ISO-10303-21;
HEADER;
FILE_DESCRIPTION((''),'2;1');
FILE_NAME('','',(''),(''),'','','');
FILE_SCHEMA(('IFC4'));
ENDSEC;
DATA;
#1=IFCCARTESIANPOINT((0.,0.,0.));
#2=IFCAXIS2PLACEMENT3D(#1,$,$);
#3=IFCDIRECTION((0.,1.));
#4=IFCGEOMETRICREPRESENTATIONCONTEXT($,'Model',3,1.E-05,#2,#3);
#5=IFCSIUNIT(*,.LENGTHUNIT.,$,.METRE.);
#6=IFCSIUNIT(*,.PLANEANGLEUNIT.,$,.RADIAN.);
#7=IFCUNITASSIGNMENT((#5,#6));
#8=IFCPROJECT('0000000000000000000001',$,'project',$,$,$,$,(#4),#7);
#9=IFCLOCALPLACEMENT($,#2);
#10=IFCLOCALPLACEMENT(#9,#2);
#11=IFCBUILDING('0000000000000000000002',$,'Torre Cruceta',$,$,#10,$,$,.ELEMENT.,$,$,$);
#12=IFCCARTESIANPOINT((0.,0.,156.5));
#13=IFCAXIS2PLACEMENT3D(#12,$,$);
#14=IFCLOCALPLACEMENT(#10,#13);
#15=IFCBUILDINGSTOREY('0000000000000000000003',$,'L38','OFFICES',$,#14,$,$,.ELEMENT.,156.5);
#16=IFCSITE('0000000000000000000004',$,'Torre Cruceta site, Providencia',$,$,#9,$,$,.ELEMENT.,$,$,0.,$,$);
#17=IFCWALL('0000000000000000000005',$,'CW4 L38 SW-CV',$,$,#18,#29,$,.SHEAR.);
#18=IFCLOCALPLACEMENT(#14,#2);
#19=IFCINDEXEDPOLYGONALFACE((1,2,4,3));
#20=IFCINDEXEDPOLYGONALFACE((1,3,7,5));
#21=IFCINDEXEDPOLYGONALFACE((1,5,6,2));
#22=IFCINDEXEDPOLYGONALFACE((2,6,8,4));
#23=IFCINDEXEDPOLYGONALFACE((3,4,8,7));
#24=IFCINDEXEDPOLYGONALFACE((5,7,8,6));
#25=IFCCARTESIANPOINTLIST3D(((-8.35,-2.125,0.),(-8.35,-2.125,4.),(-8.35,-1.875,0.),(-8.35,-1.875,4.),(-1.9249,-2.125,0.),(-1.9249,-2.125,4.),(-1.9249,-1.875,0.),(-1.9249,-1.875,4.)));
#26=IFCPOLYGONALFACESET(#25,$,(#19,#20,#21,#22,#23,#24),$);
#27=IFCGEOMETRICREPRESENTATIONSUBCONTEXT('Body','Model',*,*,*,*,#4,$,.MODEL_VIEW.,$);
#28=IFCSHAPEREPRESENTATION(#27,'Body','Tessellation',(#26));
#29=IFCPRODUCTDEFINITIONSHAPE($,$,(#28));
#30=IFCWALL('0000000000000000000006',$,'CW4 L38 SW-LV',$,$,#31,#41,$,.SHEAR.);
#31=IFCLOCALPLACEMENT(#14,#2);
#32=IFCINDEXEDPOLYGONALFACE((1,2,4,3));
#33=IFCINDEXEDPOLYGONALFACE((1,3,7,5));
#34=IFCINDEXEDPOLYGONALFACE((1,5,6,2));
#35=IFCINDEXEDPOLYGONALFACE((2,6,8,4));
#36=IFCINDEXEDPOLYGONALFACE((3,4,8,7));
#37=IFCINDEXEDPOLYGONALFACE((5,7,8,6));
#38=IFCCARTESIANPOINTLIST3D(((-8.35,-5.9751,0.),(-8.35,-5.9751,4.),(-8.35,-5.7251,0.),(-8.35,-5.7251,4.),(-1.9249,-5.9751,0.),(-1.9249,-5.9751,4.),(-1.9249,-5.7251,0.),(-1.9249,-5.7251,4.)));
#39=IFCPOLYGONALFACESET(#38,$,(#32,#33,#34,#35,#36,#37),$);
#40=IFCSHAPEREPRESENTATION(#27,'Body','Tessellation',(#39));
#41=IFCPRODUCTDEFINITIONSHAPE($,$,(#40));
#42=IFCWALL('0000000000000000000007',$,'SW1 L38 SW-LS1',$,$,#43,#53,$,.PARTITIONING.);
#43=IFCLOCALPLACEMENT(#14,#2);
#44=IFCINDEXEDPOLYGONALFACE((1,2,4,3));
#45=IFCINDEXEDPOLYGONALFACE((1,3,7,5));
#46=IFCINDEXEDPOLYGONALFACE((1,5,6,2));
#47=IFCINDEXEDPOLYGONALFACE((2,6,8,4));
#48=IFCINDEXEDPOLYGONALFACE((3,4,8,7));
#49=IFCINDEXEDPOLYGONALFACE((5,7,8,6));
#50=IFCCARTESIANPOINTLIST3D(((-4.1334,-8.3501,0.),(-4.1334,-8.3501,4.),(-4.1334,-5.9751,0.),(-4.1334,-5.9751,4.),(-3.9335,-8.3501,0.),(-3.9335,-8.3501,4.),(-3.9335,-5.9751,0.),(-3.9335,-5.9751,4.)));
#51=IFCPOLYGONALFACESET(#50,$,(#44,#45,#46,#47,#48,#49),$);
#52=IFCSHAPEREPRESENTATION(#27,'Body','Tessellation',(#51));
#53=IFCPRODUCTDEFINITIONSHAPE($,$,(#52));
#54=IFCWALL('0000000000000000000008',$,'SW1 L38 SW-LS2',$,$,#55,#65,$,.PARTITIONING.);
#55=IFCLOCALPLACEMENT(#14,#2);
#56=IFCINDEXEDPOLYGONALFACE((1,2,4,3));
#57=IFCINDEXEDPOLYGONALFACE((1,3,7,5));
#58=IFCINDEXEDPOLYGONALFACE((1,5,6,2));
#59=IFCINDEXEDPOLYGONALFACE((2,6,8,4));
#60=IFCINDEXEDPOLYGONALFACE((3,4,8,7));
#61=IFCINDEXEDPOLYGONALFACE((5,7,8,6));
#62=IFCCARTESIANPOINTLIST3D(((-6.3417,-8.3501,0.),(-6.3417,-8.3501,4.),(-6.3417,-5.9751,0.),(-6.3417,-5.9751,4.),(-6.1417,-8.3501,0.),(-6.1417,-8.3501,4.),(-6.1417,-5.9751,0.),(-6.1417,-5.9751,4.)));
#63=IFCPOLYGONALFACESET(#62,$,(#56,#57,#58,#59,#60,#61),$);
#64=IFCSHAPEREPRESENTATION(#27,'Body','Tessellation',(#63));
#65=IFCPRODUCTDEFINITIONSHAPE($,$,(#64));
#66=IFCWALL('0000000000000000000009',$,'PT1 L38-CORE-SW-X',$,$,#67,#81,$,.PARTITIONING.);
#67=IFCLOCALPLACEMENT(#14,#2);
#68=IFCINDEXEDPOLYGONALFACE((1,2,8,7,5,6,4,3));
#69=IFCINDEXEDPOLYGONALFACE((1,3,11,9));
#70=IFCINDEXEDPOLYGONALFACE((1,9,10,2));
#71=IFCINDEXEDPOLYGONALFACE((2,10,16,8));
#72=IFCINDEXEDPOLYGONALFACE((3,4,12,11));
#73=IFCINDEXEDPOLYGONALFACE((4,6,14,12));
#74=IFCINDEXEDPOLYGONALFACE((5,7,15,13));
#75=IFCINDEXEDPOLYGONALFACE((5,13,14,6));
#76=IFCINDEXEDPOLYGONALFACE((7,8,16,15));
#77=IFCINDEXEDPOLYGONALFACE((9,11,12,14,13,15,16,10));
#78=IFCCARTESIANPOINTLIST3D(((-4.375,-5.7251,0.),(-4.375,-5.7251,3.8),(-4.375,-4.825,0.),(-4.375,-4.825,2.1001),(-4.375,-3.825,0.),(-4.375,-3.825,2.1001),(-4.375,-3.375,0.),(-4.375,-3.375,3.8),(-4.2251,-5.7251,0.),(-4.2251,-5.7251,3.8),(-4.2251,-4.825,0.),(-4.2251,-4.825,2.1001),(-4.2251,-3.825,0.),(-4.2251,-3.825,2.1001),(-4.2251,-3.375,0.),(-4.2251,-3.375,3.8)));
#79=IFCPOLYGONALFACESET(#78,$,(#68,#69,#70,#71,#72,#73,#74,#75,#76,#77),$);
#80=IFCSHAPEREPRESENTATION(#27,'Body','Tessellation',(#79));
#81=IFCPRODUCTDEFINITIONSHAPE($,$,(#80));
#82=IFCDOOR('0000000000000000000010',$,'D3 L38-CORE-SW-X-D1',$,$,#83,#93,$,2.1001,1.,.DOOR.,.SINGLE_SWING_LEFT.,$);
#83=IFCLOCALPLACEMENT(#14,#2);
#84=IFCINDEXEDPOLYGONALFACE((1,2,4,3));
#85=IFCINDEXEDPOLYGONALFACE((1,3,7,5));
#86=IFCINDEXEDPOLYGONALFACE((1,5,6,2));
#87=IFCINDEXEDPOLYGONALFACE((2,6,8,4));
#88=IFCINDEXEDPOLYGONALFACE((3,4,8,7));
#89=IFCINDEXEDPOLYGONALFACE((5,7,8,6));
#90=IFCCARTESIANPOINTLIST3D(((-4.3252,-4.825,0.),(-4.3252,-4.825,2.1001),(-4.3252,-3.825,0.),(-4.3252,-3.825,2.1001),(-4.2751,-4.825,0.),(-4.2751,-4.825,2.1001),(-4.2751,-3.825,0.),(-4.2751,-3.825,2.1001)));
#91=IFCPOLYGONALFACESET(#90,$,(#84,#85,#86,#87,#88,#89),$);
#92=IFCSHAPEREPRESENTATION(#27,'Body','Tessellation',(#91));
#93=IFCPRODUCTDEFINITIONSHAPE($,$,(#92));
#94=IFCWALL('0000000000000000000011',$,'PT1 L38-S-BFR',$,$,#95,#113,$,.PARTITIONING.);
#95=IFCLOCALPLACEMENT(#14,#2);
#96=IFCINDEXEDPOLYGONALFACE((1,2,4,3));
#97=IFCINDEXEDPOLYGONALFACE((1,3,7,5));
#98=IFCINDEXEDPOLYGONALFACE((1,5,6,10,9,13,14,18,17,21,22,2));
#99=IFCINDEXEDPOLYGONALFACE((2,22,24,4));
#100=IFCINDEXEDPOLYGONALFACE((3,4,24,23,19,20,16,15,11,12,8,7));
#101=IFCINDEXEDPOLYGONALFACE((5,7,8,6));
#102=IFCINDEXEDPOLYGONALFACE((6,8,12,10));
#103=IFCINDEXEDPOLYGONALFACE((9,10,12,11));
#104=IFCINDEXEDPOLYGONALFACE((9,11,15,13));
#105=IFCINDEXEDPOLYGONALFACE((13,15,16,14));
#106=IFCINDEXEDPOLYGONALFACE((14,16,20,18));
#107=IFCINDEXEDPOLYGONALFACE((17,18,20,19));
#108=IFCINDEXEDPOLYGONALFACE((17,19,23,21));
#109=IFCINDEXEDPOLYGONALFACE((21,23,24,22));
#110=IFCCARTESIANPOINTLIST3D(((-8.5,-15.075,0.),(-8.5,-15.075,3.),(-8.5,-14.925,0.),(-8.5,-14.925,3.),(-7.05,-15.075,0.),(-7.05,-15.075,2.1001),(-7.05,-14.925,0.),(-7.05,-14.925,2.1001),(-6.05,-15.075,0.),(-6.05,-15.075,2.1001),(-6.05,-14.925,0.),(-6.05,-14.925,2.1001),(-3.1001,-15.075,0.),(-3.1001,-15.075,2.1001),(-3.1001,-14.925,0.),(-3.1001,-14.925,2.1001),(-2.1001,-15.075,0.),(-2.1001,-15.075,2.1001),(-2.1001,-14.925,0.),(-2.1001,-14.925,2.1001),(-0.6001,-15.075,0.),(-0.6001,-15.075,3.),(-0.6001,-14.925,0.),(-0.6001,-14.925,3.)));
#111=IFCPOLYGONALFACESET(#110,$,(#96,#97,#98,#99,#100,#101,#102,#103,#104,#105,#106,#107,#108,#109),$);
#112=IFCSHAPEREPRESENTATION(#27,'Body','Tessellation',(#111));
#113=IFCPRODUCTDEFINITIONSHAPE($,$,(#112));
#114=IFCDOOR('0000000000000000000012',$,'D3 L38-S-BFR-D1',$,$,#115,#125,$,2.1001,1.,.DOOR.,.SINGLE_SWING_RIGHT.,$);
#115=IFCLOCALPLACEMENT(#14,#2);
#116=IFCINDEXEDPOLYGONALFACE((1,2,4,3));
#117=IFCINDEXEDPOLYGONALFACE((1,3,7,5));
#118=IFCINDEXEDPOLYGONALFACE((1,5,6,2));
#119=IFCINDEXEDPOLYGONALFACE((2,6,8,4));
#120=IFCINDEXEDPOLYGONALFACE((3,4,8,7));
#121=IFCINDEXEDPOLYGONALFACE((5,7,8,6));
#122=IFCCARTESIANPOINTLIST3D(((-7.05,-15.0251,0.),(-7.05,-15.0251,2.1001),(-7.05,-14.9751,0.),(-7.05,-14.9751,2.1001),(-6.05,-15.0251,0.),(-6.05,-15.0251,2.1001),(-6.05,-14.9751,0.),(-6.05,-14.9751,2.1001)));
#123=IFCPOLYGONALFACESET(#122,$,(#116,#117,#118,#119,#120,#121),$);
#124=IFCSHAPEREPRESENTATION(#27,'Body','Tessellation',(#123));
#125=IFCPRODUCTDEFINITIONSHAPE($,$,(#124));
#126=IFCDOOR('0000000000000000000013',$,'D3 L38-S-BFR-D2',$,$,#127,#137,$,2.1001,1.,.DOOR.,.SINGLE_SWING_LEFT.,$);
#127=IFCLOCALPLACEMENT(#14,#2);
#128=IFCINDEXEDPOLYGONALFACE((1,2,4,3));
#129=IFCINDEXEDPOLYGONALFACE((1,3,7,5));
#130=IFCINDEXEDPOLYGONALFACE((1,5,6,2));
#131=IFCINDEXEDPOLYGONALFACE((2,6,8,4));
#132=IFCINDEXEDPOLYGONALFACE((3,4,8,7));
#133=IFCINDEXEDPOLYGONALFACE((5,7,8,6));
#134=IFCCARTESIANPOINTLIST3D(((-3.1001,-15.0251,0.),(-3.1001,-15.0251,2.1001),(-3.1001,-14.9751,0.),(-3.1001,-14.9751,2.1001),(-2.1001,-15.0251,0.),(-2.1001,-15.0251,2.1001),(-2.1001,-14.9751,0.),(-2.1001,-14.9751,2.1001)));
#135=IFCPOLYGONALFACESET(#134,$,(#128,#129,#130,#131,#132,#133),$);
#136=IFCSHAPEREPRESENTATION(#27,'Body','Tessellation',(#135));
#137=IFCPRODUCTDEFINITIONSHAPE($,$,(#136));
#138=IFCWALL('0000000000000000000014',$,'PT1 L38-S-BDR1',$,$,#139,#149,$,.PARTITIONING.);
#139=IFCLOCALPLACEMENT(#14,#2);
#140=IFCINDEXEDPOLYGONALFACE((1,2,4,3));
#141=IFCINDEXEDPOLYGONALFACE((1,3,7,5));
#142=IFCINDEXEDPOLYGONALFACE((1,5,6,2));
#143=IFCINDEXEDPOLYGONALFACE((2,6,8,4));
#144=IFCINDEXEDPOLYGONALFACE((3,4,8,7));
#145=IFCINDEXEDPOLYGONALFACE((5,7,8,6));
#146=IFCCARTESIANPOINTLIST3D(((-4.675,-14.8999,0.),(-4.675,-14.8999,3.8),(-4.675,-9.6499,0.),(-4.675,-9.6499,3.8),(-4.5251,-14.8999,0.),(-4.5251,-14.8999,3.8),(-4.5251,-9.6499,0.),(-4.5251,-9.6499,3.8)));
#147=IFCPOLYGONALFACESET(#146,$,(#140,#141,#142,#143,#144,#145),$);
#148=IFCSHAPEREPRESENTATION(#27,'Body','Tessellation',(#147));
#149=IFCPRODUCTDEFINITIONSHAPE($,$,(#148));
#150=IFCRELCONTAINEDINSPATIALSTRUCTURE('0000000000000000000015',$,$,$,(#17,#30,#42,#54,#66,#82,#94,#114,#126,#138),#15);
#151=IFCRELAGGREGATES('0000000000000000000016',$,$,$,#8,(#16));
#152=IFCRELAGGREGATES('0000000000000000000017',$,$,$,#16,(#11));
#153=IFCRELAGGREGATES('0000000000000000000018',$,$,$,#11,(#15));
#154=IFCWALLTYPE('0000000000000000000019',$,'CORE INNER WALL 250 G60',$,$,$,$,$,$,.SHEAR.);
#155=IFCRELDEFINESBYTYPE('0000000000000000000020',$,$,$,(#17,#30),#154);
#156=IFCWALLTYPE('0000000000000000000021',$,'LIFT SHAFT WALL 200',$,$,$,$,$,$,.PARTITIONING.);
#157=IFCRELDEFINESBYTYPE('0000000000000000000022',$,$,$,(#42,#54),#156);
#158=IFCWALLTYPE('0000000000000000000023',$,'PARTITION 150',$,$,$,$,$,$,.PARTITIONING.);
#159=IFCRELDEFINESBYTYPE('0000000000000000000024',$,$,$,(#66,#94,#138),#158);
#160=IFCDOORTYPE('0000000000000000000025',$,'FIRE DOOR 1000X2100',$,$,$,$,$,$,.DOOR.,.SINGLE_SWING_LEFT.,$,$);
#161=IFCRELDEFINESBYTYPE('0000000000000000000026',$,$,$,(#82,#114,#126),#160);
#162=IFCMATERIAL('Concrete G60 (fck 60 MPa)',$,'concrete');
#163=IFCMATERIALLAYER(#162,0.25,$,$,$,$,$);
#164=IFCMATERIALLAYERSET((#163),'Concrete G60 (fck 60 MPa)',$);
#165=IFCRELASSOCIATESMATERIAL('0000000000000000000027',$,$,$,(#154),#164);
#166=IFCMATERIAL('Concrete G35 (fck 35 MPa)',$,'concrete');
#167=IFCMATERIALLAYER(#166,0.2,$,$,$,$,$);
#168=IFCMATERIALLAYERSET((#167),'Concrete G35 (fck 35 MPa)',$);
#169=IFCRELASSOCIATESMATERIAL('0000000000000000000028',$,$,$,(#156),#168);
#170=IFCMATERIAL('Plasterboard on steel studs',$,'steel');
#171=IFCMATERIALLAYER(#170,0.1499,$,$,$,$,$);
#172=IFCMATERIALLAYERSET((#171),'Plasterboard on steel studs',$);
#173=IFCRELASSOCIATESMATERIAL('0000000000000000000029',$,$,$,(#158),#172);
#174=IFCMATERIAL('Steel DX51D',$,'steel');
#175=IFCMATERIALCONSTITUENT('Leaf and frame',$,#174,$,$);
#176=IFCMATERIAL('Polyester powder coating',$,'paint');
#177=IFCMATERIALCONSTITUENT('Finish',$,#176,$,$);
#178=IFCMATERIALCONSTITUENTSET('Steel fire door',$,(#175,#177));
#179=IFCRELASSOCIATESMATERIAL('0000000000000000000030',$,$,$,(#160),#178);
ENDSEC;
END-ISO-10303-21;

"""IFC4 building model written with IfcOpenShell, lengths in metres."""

from ifc_helpers import new_model, si_unit, direction, frame, frame_2d, origin, place, context, subcontext, project, spatial, rectangle, extrude, material, layer, layer_set, constituent, constituent_set, type_object, element, fill, save


model = new_model("IFC4")

# Units and contexts
model_context = context("Model", 3, precision=1e-05, world=origin(), true_north=direction((0.0, 1.0)))
body_context = subcontext(model_context, "Body", "Model", "MODEL_VIEW")
ifc_project = project(units=[si_unit("LENGTHUNIT", "METRE"), si_unit("PLANEANGLEUNIT", "RADIAN")], contexts=[model_context])

# Site, building, storey
site_placement = place(None, origin())
site = spatial("IfcSite", under=ifc_project, at=site_placement, Name="Torre Cruceta site, Providencia", CompositionType="ELEMENT", RefElevation=0.0)
building_placement = place(site_placement, origin())
building = spatial("IfcBuilding", under=site, at=building_placement, Name="Torre Cruceta", CompositionType="ELEMENT")
storey_placement = place(building_placement, frame((0.0, 0.0, 156.5)))
storey = spatial("IfcBuildingStorey", under=building, at=storey_placement, Name="L38", Description="OFFICES", CompositionType="ELEMENT", Elevation=156.5)

# Walls
ifc_material_1 = material(Name="Concrete G60 (fck 60 MPa)", Category="concrete")
ifc_layer_1 = layer(ifc_material_1, 0.25)
ifc_layer_set_1 = layer_set([ifc_layer_1], Name="Concrete G60 (fck 60 MPa)")
wall_type_1 = type_object("IfcWallType", Name="CORE INNER WALL 250 G60", PredefinedType="SHEAR", material=ifc_layer_set_1)
for number, where, z_axis, x_axis, name in (
    (1, (-1.925, -2.0, 0.0), (0.0, 0.0, 1.0), (-1.0, 0.0, 0.0), "CW4 L38 SW-CV"),
    (2, (-1.925, -5.8501, 0.0), (0.0, 0.0, 1.0), (-1.0, 0.0, 0.0), "CW4 L38 SW-LV"),
):
    element("IfcWall", number, at=place(storey_placement, frame(where, z_axis=z_axis, x_axis=x_axis)), inside=storey, type_object=wall_type_1, Name=name, PredefinedType="SHEAR", context=body_context, shape_type="SweptSolid", body=[
        extrude(rectangle(XDim=6.425, YDim=0.25, at=frame_2d((3.2124, 0.0))), origin(), (0.0, 0.0, 1.0), 4.0),
    ])

# Walls
ifc_material_2 = material(Name="Concrete G35 (fck 35 MPa)", Category="concrete")
ifc_layer_2 = layer(ifc_material_2, 0.2)
ifc_layer_set_2 = layer_set([ifc_layer_2], Name="Concrete G35 (fck 35 MPa)")
wall_type_2 = type_object("IfcWallType", Name="LIFT SHAFT WALL 200", PredefinedType="PARTITIONING", material=ifc_layer_set_2)
for number, where, z_axis, x_axis, name in (
    (3, (-4.0334, -5.9751, 0.0), (0.0, 0.0, 1.0), (0.0, -1.0, 0.0), "SW1 L38 SW-LS1"),
    (4, (-6.2417, -5.9751, 0.0), (0.0, 0.0, 1.0), (0.0, -1.0, 0.0), "SW1 L38 SW-LS2"),
):
    element("IfcWall", number, at=place(storey_placement, frame(where, z_axis=z_axis, x_axis=x_axis)), inside=storey, type_object=wall_type_2, Name=name, PredefinedType="PARTITIONING", context=body_context, shape_type="SweptSolid", body=[
        extrude(rectangle(XDim=2.375, YDim=0.2, at=frame_2d((1.1875, 0.0))), origin(), (0.0, 0.0, 1.0), 4.0),
    ])

# Wall, opening, door
ifc_material_3 = material(Name="Plasterboard on steel studs", Category="steel")
ifc_layer_3 = layer(ifc_material_3, 0.1499)
ifc_layer_set_3 = layer_set([ifc_layer_3], Name="Plasterboard on steel studs")
wall_type_3 = type_object("IfcWallType", Name="PARTITION 150", PredefinedType="PARTITIONING", material=ifc_layer_set_3)
wall_1_placement = place(storey_placement, frame((-4.3, -3.375, 0.0), z_axis=(0.0, 0.0, 1.0), x_axis=(0.0, -1.0, 0.0)))
wall_1 = element("IfcWall", 5, at=wall_1_placement, inside=storey, type_object=wall_type_3, Name="PT1 L38-CORE-SW-X", PredefinedType="PARTITIONING", context=body_context, shape_type="SweptSolid", body=[
    extrude(rectangle(XDim=2.3501, YDim=0.1499, at=frame_2d((1.175, 0.0))), origin(), (0.0, 0.0, 1.0), 3.8),
])
opening_1_placement = place(wall_1_placement, frame((0.45, 0.0, 0.0)))
opening_1 = element("IfcOpeningElement", 6, at=opening_1_placement, cuts=wall_1, PredefinedType="OPENING", context=body_context, shape_type="SweptSolid", body=[
    extrude(rectangle(XDim=1.0, YDim=2.1001, at=frame_2d((0.5, 1.05))), frame((0.0, 0.085, 0.0), z_axis=(0.0, -1.0, 0.0), x_axis=(1.0, 0.0, 0.0)), (0.0, 0.0, 1.0), 0.1699),
])
ifc_material_4 = material(Name="Steel DX51D", Category="steel")
ifc_constituent_1 = constituent(ifc_material_4, Name="Leaf and frame")
ifc_material_5 = material(Name="Polyester powder coating", Category="paint")
ifc_constituent_2 = constituent(ifc_material_5, Name="Finish")
ifc_constituent_set_1 = constituent_set(constituents=[ifc_constituent_1, ifc_constituent_2], Name="Steel fire door")
door_type_1 = type_object("IfcDoorType", Name="FIRE DOOR 1000X2100", OperationType="SINGLE_SWING_LEFT", PredefinedType="DOOR", material=ifc_constituent_set_1)
door_1_placement = place(opening_1_placement, origin())
door_1 = element("IfcDoor", 7, at=door_1_placement, inside=storey, type_object=door_type_1, Name="D3 L38-CORE-SW-X-D1", OperationType="SINGLE_SWING_LEFT", OverallHeight=2.1001, OverallWidth=1.0, PredefinedType="DOOR", context=body_context, shape_type="SweptSolid", body=[
    extrude(rectangle(XDim=1.0, YDim=2.1001, at=frame_2d((0.5, 1.05))), frame((0.0, 0.0249, 0.0), z_axis=(0.0, -1.0, 0.0), x_axis=(1.0, 0.0, 0.0)), (0.0, 0.0, 1.0), 0.05),
])
fill(opening_1, door_1)

# Wall, openings, doors
wall_2_placement = place(storey_placement, frame((-8.5, -15.0, 0.0), z_axis=(0.0, 0.0, 1.0), x_axis=(1.0, 0.0, 0.0)))
wall_2 = element("IfcWall", 8, at=wall_2_placement, inside=storey, type_object=wall_type_3, Name="PT1 L38-S-BFR", PredefinedType="PARTITIONING", context=body_context, shape_type="SweptSolid", body=[
    extrude(rectangle(XDim=7.8999, YDim=0.1499, at=frame_2d((3.95, 0.0))), origin(), (0.0, 0.0, 1.0), 3.0),
])
opening_2_placement = place(wall_2_placement, frame((1.45, 0.0, 0.0)))
opening_2 = element("IfcOpeningElement", 9, at=opening_2_placement, cuts=wall_2, PredefinedType="OPENING", context=body_context, shape_type="SweptSolid", body=[
    extrude(rectangle(XDim=1.0, YDim=2.1001, at=frame_2d((0.5, 1.05))), frame((0.0, 0.085, 0.0), z_axis=(0.0, -1.0, 0.0), x_axis=(1.0, 0.0, 0.0)), (0.0, 0.0, 1.0), 0.1699),
])
opening_3_placement = place(wall_2_placement, frame((5.3999, 0.0, 0.0)))
opening_3 = element("IfcOpeningElement", 10, at=opening_3_placement, cuts=wall_2, PredefinedType="OPENING", context=body_context, shape_type="SweptSolid", body=[
    extrude(rectangle(XDim=1.0, YDim=2.1001, at=frame_2d((0.5, 1.05))), frame((0.0, 0.085, 0.0), z_axis=(0.0, -1.0, 0.0), x_axis=(1.0, 0.0, 0.0)), (0.0, 0.0, 1.0), 0.1699),
])
door_2_placement = place(opening_2_placement, origin())
door_2 = element("IfcDoor", 11, at=door_2_placement, inside=storey, type_object=door_type_1, Name="D3 L38-S-BFR-D1", OperationType="SINGLE_SWING_RIGHT", OverallHeight=2.1001, OverallWidth=1.0, PredefinedType="DOOR", context=body_context, shape_type="SweptSolid", body=[
    extrude(rectangle(XDim=1.0, YDim=2.1001, at=frame_2d((0.5, 1.05))), frame((0.0, 0.0249, 0.0), z_axis=(0.0, -1.0, 0.0), x_axis=(1.0, 0.0, 0.0)), (0.0, 0.0, 1.0), 0.05),
])
fill(opening_2, door_2)
door_3_placement = place(opening_3_placement, origin())
door_3 = element("IfcDoor", 12, at=door_3_placement, inside=storey, type_object=door_type_1, Name="D3 L38-S-BFR-D2", OperationType="SINGLE_SWING_LEFT", OverallHeight=2.1001, OverallWidth=1.0, PredefinedType="DOOR", context=body_context, shape_type="SweptSolid", body=[
    extrude(rectangle(XDim=1.0, YDim=2.1001, at=frame_2d((0.5, 1.05))), frame((0.0, 0.0249, 0.0), z_axis=(0.0, -1.0, 0.0), x_axis=(1.0, 0.0, 0.0)), (0.0, 0.0, 1.0), 0.05),
])
fill(opening_3, door_3)

# Wall
wall_3_placement = place(storey_placement, frame((-4.6001, -9.6499, 0.0), z_axis=(0.0, 0.0, 1.0), x_axis=(0.0, -1.0, 0.0)))
element("IfcWall", 13, at=wall_3_placement, inside=storey, type_object=wall_type_3, Name="PT1 L38-S-BDR1", PredefinedType="PARTITIONING", context=body_context, shape_type="SweptSolid", body=[
    extrude(rectangle(XDim=5.25, YDim=0.1499, at=frame_2d((2.625, 0.0))), origin(), (0.0, 0.0, 1.0), 3.8),
])

save(model, "model.ifc")
